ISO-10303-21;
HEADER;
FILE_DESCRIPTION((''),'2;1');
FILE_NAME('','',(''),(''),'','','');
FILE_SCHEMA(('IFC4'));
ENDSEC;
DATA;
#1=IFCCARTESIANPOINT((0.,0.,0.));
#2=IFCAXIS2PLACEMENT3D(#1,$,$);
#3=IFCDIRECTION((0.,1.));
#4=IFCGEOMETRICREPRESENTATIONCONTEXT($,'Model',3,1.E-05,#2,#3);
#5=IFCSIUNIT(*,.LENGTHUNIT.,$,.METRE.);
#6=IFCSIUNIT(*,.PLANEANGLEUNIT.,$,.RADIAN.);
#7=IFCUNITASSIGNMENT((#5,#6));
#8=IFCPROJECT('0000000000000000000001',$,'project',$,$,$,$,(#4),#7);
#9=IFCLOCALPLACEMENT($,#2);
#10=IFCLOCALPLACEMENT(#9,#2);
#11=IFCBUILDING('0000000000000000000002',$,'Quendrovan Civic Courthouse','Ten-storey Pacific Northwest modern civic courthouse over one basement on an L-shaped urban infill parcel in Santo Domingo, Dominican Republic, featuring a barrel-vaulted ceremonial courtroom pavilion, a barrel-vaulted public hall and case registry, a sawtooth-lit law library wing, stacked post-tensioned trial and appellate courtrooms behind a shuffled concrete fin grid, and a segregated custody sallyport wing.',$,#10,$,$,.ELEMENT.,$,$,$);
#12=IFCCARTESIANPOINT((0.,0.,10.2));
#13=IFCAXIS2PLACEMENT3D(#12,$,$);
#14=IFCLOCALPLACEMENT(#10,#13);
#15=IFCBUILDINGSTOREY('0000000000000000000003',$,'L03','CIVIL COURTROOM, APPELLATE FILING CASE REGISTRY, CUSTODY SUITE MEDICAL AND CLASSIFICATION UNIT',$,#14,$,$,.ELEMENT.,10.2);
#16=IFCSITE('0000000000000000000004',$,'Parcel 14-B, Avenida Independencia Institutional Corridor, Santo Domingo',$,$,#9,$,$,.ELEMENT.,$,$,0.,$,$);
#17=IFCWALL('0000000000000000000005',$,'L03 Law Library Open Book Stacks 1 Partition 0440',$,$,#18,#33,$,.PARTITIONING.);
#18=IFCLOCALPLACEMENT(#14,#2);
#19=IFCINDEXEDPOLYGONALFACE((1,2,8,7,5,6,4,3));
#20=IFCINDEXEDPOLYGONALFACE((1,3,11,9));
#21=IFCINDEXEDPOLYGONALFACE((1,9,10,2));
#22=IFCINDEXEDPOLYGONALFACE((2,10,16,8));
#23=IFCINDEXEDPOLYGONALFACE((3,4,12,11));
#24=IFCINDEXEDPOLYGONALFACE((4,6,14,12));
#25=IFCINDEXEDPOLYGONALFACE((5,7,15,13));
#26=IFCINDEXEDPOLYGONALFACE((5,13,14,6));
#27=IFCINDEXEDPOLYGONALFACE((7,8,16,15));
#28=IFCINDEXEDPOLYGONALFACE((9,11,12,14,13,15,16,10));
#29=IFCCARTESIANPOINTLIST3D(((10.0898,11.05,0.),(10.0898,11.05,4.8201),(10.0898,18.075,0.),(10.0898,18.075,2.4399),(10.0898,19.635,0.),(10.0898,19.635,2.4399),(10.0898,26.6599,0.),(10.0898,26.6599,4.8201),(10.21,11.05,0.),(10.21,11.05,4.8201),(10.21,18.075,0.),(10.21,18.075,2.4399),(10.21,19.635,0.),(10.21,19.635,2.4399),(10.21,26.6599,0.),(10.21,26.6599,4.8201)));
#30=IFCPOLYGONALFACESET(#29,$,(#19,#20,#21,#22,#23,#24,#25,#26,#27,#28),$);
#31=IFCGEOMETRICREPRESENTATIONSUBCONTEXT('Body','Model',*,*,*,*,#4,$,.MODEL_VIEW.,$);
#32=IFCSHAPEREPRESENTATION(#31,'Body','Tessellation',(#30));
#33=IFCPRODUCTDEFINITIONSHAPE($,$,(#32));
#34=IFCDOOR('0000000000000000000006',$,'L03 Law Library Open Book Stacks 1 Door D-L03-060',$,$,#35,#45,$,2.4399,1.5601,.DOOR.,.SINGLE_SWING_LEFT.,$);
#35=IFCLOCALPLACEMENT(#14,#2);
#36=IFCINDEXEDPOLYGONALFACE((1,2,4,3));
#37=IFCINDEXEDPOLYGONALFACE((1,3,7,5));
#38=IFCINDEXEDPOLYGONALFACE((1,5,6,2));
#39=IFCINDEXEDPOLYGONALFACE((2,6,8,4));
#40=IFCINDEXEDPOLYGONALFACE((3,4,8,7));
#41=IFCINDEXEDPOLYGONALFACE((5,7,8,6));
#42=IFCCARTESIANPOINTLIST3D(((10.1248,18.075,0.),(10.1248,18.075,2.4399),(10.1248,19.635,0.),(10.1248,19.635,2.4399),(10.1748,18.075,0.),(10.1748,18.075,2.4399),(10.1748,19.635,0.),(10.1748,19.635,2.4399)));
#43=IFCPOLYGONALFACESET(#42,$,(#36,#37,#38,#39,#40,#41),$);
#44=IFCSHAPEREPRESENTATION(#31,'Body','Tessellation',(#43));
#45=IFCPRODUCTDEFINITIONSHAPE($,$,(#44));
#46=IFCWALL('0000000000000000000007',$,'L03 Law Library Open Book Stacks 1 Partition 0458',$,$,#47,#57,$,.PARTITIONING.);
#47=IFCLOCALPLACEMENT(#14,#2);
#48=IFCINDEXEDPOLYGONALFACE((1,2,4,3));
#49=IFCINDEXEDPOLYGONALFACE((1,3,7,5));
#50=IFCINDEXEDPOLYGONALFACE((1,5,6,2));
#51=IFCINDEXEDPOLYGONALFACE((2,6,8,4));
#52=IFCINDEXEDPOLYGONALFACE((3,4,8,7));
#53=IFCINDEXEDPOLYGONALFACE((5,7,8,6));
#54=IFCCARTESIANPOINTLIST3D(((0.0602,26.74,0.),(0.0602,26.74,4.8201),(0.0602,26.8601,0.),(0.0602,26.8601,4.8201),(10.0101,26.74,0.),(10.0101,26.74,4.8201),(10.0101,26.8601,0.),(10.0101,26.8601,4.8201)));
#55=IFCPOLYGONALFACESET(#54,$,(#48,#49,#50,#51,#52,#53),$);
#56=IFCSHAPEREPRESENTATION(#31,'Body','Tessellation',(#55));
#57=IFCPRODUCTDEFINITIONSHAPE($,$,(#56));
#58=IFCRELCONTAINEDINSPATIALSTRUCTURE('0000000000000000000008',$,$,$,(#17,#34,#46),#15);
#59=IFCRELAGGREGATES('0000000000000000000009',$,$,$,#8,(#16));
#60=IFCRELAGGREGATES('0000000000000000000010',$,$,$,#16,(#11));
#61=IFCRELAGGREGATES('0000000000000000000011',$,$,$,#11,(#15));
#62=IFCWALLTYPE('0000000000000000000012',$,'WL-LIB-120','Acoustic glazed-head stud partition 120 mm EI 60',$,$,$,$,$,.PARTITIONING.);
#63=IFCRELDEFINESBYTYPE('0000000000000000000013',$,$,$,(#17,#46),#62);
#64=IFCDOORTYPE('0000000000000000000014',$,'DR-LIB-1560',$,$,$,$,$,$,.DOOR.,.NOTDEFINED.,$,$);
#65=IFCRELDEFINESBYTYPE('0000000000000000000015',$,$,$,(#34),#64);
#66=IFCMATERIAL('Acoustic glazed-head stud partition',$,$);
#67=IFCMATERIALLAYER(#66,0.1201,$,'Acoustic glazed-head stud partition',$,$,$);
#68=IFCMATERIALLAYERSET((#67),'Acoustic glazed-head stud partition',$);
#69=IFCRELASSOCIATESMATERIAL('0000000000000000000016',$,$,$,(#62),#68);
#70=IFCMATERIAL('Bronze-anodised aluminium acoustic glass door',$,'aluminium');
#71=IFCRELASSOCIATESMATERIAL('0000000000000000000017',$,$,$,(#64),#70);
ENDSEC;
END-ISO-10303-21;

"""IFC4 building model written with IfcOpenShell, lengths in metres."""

from ifc_helpers import new_model, si_unit, direction, frame, frame_2d, origin, place, context, subcontext, project, spatial, rectangle, extrude, material, layer, layer_set, type_object, element, fill, save


model = new_model("IFC4")

# Units and contexts
model_context = context("Model", 3, precision=1e-05, world=origin(), true_north=direction((0.0, 1.0)))
body_context = subcontext(model_context, "Body", "Model", "MODEL_VIEW")
ifc_project = project(units=[si_unit("LENGTHUNIT", "METRE"), si_unit("PLANEANGLEUNIT", "RADIAN")], contexts=[model_context])

# Site, building, storey
site_placement = place(None, origin())
site = spatial("IfcSite", under=ifc_project, at=site_placement, Name="Parcel 14-B, Avenida Independencia Institutional Corridor, Santo Domingo", CompositionType="ELEMENT", RefElevation=0.0)
building_placement = place(site_placement, origin())
building = spatial("IfcBuilding", under=site, at=building_placement, Name="Quendrovan Civic Courthouse", Description="Ten-storey Pacific Northwest modern civic courthouse over one basement on an L-shaped urban infill parcel in Santo Domingo, Dominican Republic, featuring a barrel-vaulted ceremonial courtroom pavilion, a barrel-vaulted public hall and case registry, a sawtooth-lit law library wing, stacked post-tensioned trial and appellate courtrooms behind a shuffled concrete fin grid, and a segregated custody sallyport wing.", CompositionType="ELEMENT")
storey_placement = place(building_placement, frame((0.0, 0.0, 10.2)))
storey = spatial("IfcBuildingStorey", under=building, at=storey_placement, Name="L03", Description="CIVIL COURTROOM, APPELLATE FILING CASE REGISTRY, CUSTODY SUITE MEDICAL AND CLASSIFICATION UNIT", CompositionType="ELEMENT", Elevation=10.2)

# Wall, opening, door
ifc_material_1 = material(Name="Acoustic glazed-head stud partition")
ifc_layer_1 = layer(ifc_material_1, 0.1201, Name="Acoustic glazed-head stud partition")
ifc_layer_set_1 = layer_set([ifc_layer_1], Name="Acoustic glazed-head stud partition")
wall_type_1 = type_object("IfcWallType", Name="WL-LIB-120", Description="Acoustic glazed-head stud partition 120 mm EI 60", PredefinedType="PARTITIONING", material=ifc_layer_set_1)
wall_1_placement = place(storey_placement, frame((10.1499, 26.6599, 0.0), z_axis=(0.0, 0.0, 1.0), x_axis=(0.0, -1.0, 0.0)))
wall_1 = element("IfcWall", 1, at=wall_1_placement, inside=storey, type_object=wall_type_1, Name="L03 Law Library Open Book Stacks 1 Partition 0440", PredefinedType="PARTITIONING", context=body_context, shape_type="SweptSolid", body=[
    extrude(rectangle(XDim=15.6099, YDim=0.1201, at=frame_2d((7.8049, 0.0))), origin(), (0.0, 0.0, 1.0), 4.8201),
])
opening_placement = place(wall_1_placement, frame((7.0249, 0.0, 0.0)))
opening = element("IfcOpeningElement", 2, at=opening_placement, cuts=wall_1, PredefinedType="OPENING", context=body_context, shape_type="SweptSolid", body=[
    extrude(rectangle(XDim=1.5601, YDim=2.4399, at=frame_2d((0.78, 1.22))), frame((0.0, 0.0701, 0.0), z_axis=(0.0, -1.0, 0.0), x_axis=(1.0, 0.0, 0.0)), (0.0, 0.0, 1.0), 0.1401),
])
ifc_material_2 = material(Name="Bronze-anodised aluminium acoustic glass door", Category="aluminium")
door_type = type_object("IfcDoorType", Name="DR-LIB-1560", OperationType="NOTDEFINED", PredefinedType="DOOR", material=ifc_material_2)
door_placement = place(opening_placement, origin())
door = element("IfcDoor", 3, at=door_placement, inside=storey, type_object=door_type, Name="L03 Law Library Open Book Stacks 1 Door D-L03-060", OperationType="SINGLE_SWING_LEFT", OverallHeight=2.4399, OverallWidth=1.5601, PredefinedType="DOOR", context=body_context, shape_type="SweptSolid", body=[
    extrude(rectangle(XDim=1.5601, YDim=2.4399, at=frame_2d((0.78, 1.22))), frame((0.0, 0.0249, 0.0), z_axis=(0.0, -1.0, 0.0), x_axis=(1.0, 0.0, 0.0)), (0.0, 0.0, 1.0), 0.05),
])
fill(opening, door)

# Wall
wall_2_placement = place(storey_placement, frame((0.0601, 26.8, 0.0), z_axis=(0.0, 0.0, 1.0), x_axis=(1.0, 0.0, 0.0)))
element("IfcWall", 4, at=wall_2_placement, inside=storey, type_object=wall_type_1, Name="L03 Law Library Open Book Stacks 1 Partition 0458", PredefinedType="PARTITIONING", context=body_context, shape_type="SweptSolid", body=[
    extrude(rectangle(XDim=9.95, YDim=0.1201, at=frame_2d((4.9751, 0.0))), origin(), (0.0, 0.0, 1.0), 4.8201),
])

save(model, "model.ifc")
